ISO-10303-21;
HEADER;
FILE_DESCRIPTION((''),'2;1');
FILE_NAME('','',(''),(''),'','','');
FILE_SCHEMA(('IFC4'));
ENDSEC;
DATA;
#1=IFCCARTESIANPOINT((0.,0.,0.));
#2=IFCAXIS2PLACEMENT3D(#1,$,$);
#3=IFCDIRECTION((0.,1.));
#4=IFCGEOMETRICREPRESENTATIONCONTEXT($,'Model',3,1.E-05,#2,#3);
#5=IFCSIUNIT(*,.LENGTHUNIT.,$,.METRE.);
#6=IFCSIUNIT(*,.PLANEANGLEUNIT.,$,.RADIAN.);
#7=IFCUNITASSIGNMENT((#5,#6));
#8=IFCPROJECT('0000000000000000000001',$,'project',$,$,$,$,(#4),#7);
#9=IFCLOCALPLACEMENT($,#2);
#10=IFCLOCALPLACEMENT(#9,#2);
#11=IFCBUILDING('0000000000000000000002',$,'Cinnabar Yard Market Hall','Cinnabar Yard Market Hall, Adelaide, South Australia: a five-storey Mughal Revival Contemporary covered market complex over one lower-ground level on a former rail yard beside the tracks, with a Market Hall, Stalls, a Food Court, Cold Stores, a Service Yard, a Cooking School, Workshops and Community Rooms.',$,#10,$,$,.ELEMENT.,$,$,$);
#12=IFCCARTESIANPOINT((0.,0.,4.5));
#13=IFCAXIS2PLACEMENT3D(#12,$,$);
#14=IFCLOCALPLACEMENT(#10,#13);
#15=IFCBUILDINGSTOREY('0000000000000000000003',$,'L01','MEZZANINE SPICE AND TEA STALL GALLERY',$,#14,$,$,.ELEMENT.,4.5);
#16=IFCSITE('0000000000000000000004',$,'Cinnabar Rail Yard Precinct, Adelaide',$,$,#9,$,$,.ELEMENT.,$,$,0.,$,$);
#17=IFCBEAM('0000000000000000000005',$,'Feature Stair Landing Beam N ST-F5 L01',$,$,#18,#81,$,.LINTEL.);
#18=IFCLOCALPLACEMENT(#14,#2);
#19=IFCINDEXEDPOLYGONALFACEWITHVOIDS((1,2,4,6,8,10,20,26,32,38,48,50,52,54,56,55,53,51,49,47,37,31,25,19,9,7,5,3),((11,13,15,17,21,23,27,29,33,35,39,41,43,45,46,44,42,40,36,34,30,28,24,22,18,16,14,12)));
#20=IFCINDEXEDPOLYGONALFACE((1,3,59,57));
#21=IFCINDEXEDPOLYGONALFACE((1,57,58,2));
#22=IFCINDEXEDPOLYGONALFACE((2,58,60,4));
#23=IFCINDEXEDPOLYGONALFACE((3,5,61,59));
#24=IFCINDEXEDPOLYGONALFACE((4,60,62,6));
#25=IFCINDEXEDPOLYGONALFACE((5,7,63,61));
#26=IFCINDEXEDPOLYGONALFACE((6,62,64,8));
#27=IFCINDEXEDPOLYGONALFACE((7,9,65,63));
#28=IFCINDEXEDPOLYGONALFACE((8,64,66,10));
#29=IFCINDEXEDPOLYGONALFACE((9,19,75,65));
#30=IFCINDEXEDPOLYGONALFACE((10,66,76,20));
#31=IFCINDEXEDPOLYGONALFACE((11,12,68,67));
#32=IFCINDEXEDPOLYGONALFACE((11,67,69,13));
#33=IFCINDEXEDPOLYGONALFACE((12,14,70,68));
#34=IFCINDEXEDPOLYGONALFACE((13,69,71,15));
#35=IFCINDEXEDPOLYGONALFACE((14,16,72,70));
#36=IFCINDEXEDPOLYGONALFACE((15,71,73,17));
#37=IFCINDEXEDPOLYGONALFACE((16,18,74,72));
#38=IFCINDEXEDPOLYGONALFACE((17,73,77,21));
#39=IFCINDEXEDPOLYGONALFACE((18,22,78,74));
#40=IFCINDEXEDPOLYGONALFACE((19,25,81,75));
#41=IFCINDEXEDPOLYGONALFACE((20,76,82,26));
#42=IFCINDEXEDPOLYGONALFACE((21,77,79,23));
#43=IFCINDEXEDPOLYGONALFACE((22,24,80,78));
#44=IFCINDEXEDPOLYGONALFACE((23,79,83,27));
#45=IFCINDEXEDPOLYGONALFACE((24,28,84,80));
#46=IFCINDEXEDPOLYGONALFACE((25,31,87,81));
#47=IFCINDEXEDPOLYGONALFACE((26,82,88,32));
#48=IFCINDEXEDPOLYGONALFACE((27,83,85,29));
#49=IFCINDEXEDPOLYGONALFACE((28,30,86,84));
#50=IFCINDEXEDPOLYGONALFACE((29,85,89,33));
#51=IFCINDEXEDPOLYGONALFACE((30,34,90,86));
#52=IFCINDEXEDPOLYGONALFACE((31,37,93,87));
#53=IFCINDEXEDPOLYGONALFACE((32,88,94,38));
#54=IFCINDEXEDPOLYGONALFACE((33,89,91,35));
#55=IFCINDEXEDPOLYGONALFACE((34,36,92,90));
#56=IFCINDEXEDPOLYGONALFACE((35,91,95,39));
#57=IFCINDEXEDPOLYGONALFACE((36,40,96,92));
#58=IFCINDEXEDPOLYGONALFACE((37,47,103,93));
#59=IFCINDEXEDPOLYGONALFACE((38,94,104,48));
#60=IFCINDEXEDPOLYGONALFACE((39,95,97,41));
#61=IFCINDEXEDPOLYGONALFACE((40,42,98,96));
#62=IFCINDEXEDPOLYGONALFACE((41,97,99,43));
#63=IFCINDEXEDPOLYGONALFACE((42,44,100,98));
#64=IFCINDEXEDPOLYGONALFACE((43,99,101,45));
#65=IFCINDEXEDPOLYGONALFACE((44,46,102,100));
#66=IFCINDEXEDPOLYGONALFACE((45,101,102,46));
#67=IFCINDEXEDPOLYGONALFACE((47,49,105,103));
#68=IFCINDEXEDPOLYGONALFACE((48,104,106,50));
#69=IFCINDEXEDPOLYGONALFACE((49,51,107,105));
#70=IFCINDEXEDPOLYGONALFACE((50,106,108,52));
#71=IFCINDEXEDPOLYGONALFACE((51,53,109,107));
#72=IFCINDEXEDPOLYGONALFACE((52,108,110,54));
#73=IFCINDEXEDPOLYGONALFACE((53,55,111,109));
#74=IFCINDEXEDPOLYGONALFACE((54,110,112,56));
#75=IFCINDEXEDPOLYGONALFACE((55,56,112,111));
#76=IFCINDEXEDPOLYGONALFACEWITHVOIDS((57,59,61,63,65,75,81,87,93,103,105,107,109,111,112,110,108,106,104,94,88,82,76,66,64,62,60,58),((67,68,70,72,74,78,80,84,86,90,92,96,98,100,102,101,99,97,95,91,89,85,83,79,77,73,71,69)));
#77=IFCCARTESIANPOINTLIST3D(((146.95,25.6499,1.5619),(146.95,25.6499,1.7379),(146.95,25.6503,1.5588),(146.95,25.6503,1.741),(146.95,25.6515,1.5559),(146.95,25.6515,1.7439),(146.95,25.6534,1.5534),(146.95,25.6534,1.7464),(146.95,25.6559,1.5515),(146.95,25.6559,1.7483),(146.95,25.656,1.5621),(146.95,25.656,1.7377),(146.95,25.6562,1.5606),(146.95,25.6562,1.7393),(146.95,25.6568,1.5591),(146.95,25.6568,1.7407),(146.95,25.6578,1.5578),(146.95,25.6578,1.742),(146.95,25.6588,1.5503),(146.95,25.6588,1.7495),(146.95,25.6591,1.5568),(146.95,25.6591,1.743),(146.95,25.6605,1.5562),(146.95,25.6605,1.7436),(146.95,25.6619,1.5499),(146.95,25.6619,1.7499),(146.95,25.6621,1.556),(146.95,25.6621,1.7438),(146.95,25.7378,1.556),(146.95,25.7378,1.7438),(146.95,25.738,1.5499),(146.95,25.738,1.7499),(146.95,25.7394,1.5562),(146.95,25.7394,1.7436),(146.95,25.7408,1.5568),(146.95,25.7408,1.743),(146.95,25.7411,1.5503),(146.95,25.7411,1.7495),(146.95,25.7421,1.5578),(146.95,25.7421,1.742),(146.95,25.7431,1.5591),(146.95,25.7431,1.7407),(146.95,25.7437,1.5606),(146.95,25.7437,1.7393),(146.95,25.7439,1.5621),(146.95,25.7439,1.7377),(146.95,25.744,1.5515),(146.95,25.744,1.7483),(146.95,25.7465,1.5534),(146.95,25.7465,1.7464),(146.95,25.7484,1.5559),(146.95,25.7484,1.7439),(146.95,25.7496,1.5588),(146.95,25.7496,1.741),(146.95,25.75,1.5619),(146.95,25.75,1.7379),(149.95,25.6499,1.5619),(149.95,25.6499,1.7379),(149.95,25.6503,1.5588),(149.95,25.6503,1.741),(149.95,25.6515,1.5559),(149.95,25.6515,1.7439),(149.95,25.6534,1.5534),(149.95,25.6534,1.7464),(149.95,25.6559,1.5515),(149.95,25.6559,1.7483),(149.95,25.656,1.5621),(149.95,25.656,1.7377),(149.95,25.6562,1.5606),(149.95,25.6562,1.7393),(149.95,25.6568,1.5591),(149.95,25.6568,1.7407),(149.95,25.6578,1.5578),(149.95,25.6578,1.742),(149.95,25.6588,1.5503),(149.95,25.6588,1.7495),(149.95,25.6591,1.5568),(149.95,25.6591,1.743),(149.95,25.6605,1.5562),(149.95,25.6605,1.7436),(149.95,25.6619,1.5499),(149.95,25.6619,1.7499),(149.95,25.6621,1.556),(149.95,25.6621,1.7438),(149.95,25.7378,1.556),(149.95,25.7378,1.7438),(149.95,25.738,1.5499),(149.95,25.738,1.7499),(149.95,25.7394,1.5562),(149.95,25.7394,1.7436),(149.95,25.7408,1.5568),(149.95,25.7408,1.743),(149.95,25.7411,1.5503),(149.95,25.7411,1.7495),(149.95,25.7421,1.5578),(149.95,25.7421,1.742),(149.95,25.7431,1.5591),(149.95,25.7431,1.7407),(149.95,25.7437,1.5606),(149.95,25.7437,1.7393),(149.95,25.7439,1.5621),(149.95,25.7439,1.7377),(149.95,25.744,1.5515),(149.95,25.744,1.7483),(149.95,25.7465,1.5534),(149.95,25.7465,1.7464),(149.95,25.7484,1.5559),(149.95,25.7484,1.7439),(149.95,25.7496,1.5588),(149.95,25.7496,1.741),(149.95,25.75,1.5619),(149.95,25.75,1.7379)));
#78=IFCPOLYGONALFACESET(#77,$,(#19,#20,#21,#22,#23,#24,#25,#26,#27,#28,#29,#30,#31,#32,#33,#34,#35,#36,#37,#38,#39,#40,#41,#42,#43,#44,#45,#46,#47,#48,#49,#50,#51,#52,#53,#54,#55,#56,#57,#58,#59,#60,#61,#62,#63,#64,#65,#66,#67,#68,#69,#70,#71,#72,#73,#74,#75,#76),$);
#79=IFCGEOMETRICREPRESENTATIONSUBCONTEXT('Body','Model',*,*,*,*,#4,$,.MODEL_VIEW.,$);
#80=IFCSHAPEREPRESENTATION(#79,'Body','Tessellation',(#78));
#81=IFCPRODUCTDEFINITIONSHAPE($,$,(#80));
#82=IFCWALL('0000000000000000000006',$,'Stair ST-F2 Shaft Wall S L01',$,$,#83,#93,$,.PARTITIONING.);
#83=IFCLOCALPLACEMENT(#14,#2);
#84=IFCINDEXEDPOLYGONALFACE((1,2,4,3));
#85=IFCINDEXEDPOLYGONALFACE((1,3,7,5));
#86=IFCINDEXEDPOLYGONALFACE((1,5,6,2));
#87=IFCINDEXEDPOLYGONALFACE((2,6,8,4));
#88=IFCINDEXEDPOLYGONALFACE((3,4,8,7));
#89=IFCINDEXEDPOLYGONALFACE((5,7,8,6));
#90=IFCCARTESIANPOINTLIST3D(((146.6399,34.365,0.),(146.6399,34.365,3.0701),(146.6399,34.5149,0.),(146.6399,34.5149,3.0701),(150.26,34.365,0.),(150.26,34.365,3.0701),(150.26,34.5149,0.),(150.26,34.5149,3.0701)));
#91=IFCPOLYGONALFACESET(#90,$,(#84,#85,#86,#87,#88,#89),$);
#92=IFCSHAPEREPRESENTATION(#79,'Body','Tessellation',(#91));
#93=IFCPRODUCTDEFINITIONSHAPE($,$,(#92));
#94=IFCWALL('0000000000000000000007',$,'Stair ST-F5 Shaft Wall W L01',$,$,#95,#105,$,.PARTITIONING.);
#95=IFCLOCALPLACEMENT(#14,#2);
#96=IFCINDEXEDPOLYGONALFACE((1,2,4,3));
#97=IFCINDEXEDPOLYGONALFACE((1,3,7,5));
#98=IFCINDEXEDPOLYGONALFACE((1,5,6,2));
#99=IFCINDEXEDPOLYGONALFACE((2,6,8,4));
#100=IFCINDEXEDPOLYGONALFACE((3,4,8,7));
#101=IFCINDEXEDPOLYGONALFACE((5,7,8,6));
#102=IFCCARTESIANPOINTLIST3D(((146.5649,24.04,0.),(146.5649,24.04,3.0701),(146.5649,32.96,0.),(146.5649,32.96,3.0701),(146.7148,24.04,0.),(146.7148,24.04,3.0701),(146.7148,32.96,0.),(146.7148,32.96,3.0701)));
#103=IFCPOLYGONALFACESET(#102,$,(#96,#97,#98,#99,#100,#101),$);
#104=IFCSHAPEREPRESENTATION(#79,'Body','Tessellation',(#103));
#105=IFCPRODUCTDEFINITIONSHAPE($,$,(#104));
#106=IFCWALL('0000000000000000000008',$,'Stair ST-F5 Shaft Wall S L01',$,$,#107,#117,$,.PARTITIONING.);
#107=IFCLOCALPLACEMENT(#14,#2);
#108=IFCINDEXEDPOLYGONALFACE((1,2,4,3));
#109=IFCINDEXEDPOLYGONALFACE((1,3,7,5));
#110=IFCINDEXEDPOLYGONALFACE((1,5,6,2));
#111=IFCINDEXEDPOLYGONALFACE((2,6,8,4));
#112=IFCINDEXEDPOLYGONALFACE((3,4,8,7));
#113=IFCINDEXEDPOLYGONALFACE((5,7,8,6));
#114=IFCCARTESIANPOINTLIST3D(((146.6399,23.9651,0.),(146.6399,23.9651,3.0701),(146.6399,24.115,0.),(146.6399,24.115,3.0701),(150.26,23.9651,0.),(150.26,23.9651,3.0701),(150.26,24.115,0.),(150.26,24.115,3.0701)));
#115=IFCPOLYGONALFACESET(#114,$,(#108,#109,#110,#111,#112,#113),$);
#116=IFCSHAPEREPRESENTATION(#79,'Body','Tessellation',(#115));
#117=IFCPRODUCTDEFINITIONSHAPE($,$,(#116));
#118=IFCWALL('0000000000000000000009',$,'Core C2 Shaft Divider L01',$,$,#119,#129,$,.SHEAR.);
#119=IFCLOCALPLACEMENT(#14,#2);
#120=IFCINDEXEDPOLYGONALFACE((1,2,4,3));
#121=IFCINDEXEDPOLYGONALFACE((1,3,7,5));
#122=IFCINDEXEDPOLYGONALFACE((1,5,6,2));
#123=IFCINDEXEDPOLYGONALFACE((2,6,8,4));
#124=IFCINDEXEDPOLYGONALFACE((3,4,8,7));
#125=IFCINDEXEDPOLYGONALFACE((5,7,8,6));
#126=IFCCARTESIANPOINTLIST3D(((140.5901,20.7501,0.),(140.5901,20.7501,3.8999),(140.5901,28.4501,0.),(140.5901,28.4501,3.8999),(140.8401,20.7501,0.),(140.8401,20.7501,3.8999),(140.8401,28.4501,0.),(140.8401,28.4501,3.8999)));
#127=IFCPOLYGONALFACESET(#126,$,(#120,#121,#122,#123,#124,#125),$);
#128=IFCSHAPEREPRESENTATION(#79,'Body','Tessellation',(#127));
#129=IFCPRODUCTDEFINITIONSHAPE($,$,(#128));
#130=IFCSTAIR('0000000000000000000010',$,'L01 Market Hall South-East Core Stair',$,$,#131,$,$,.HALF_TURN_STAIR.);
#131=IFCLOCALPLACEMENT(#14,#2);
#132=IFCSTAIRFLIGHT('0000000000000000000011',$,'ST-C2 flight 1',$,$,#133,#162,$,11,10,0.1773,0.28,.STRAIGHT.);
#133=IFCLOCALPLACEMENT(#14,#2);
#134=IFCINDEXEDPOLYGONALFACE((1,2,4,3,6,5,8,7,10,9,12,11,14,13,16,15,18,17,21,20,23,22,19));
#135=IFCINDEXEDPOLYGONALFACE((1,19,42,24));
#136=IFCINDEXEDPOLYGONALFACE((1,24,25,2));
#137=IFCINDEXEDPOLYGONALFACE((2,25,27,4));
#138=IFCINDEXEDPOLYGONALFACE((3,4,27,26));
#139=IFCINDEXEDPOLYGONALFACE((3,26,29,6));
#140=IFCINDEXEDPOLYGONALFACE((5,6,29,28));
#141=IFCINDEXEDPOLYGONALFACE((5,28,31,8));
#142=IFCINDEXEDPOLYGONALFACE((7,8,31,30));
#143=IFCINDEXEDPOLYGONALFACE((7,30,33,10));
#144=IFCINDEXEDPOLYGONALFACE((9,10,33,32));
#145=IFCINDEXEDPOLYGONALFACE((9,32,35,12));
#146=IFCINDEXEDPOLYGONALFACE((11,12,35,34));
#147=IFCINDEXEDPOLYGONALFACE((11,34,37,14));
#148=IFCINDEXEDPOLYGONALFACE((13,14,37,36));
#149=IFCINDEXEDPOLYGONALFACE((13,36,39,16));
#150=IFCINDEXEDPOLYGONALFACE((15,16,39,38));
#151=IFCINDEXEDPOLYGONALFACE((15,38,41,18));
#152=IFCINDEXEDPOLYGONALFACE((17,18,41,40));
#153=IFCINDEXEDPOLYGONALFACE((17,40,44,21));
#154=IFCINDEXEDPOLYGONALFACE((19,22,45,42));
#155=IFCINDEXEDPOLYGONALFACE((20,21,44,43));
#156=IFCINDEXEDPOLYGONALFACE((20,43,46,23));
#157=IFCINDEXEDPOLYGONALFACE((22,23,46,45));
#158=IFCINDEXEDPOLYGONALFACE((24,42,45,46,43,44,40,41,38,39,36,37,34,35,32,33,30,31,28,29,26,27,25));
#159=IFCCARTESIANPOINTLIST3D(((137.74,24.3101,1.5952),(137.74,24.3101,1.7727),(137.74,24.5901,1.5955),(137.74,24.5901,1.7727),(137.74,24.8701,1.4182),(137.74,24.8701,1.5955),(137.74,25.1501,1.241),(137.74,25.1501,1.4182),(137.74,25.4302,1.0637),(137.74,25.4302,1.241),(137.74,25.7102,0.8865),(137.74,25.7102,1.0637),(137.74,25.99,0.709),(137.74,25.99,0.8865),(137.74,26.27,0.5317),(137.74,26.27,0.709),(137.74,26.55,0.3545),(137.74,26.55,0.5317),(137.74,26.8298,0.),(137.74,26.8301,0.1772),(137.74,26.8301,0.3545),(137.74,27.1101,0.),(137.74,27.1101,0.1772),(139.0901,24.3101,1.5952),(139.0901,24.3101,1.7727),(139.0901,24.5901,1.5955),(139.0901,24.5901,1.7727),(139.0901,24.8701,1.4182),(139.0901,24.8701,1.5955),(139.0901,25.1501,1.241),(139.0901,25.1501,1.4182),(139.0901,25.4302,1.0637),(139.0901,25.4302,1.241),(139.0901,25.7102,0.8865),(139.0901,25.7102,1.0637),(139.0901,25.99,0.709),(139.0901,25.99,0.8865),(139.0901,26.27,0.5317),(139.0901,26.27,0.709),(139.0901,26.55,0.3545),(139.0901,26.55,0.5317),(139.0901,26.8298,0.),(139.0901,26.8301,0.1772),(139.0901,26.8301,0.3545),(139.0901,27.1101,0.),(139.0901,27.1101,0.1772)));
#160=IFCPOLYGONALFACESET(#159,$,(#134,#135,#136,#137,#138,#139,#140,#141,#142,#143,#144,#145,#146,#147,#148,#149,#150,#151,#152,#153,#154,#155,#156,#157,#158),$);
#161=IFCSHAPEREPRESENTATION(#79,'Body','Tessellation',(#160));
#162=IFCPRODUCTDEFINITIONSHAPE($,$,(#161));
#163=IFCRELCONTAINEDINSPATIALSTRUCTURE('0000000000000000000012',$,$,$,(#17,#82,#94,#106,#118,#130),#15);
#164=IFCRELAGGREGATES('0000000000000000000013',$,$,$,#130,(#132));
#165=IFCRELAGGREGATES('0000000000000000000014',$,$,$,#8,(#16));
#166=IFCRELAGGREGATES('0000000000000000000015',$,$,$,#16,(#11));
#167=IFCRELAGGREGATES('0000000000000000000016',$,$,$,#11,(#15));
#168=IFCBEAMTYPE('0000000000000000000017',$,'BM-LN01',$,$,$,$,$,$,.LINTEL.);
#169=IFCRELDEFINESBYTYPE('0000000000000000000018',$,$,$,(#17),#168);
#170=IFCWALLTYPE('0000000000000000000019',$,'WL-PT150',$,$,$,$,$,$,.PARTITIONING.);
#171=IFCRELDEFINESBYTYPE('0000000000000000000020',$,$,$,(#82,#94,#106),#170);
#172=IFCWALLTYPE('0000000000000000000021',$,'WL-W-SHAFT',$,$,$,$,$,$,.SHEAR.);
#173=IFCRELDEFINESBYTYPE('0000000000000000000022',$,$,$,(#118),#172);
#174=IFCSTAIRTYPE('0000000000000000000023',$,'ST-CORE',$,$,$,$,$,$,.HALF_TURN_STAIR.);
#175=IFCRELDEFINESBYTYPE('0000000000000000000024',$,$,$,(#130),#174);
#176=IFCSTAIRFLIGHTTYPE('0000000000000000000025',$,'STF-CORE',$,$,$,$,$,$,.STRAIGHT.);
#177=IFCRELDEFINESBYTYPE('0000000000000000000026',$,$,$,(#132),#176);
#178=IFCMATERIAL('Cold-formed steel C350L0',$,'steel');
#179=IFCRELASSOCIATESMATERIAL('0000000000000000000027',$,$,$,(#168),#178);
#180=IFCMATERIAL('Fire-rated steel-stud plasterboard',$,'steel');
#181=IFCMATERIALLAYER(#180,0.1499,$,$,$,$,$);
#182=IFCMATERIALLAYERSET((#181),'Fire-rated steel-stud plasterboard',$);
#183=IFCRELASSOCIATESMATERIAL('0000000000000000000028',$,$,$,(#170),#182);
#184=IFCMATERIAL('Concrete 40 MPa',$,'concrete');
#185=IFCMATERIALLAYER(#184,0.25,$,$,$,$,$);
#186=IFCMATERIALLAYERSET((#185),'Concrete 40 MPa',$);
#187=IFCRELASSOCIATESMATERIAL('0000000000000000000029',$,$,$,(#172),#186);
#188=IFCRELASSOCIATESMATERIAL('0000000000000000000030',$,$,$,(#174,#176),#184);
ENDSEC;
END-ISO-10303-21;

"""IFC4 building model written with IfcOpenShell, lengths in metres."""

from ifc_helpers import new_model, si_unit, direction, frame, frame_2d, origin, origin_2d_with_axis, place, context, subcontext, project, spatial, polyline, rectangle, hollow_rectangle, outline, extrude, material, layer, layer_set, material_profile, profile_set, type_object, element, aggregate, save


model = new_model("IFC4")

# Units and contexts
model_context = context("Model", 3, precision=1e-05, world=origin(), true_north=direction((0.0, 1.0)))
body_context = subcontext(model_context, "Body", "Model", "MODEL_VIEW")
ifc_project = project(units=[si_unit("LENGTHUNIT", "METRE"), si_unit("PLANEANGLEUNIT", "RADIAN")], contexts=[model_context])

# Site, building, storey
site_placement = place(None, origin())
site = spatial("IfcSite", under=ifc_project, at=site_placement, Name="Cinnabar Rail Yard Precinct, Adelaide", CompositionType="ELEMENT", RefElevation=0.0)
building_placement = place(site_placement, origin())
building = spatial("IfcBuilding", under=site, at=building_placement, Name="Cinnabar Yard Market Hall", Description="Cinnabar Yard Market Hall, Adelaide, South Australia: a five-storey Mughal Revival Contemporary covered market complex over one lower-ground level on a former rail yard beside the tracks, with a Market Hall, Stalls, a Food Court, Cold Stores, a Service Yard, a Cooking School, Workshops and Community Rooms.", CompositionType="ELEMENT")
storey_placement = place(building_placement, frame((0.0, 0.0, 4.5)))
storey = spatial("IfcBuildingStorey", under=building, at=storey_placement, Name="L01", Description="MEZZANINE SPICE AND TEA STALL GALLERY", CompositionType="ELEMENT", Elevation=4.5)

# Shared definitions
ifc_material_1 = material(Name="Cold-formed steel C350L0", Category="steel")

# Beam
ifc_material_profile_1 = material_profile(ifc_material_1, hollow_rectangle(XDim=0.1001, YDim=0.2, WallThickness=0.0061, InnerFilletRadius=0.0061, OuterFilletRadius=0.012, at=origin_2d_with_axis()), Name="200x100x6.0RHS")
ifc_profile_set_1 = profile_set([ifc_material_profile_1], Name="Cold-formed steel C350L0")
beam_type_1 = type_object("IfcBeamType", Name="BM-LN01", PredefinedType="LINTEL", material=ifc_profile_set_1)
for number, where, z_axis, x_axis, name in (
    (1, (146.95, 25.7, 1.6499), (1.0, 0.0, 0.0), (0.0, 1.0, 0.0), "Feature Stair Landing Beam N ST-F5 L01"),
):
    element("IfcBeam", number, at=place(storey_placement, frame(where, z_axis=z_axis, x_axis=x_axis)), inside=storey, type_object=beam_type_1, Name=name, PredefinedType="LINTEL", context=body_context, shape_type="SweptSolid", body=[
        extrude(hollow_rectangle(XDim=0.1001, YDim=0.2, WallThickness=0.0061, InnerFilletRadius=0.0061, OuterFilletRadius=0.012, at=origin_2d_with_axis()), origin(), (0.0, 0.0, 1.0), 3.0),
    ])

# Walls
ifc_material_2 = material(Name="Fire-rated steel-stud plasterboard", Category="steel")
ifc_layer_1 = layer(ifc_material_2, 0.1499)
ifc_layer_set_1 = layer_set([ifc_layer_1], Name="Fire-rated steel-stud plasterboard")
wall_type_1 = type_object("IfcWallType", Name="WL-PT150", PredefinedType="PARTITIONING", material=ifc_layer_set_1)
wall_1_placement = place(storey_placement, frame((146.6399, 34.4399, 0.0), z_axis=(0.0, 0.0, 1.0), x_axis=(1.0, 0.0, 0.0)))
element("IfcWall", 2, at=wall_1_placement, inside=storey, type_object=wall_type_1, Name="Stair ST-F2 Shaft Wall S L01", PredefinedType="PARTITIONING", context=body_context, shape_type="SweptSolid", body=[
    extrude(rectangle(XDim=3.6201, YDim=0.1499, at=frame_2d((1.8101, 0.0), x_axis=(1.0, 0.0))), origin(), (0.0, 0.0, 1.0), 3.0701),
])
wall_2_placement = place(storey_placement, frame((146.6399, 32.96, 0.0), z_axis=(0.0, 0.0, 1.0), x_axis=(0.0, -1.0, 0.0)))
element("IfcWall", 3, at=wall_2_placement, inside=storey, type_object=wall_type_1, Name="Stair ST-F5 Shaft Wall W L01", PredefinedType="PARTITIONING", context=body_context, shape_type="SweptSolid", body=[
    extrude(rectangle(XDim=8.9199, YDim=0.1499, at=frame_2d((4.46, 0.0), x_axis=(1.0, 0.0))), origin(), (0.0, 0.0, 1.0), 3.0701),
])
wall_3_placement = place(storey_placement, frame((146.6399, 24.04, 0.0), z_axis=(0.0, 0.0, 1.0), x_axis=(1.0, 0.0, 0.0)))
element("IfcWall", 4, at=wall_3_placement, inside=storey, type_object=wall_type_1, Name="Stair ST-F5 Shaft Wall S L01", PredefinedType="PARTITIONING", context=body_context, shape_type="SweptSolid", body=[
    extrude(rectangle(XDim=3.6201, YDim=0.1499, at=frame_2d((1.8101, 0.0), x_axis=(1.0, 0.0))), origin(), (0.0, 0.0, 1.0), 3.0701),
])

# Shared definitions
ifc_material_3 = material(Name="Concrete 40 MPa", Category="concrete")

# Wall
ifc_layer_2 = layer(ifc_material_3, 0.25)
ifc_layer_set_2 = layer_set([ifc_layer_2], Name="Concrete 40 MPa")
wall_type_2 = type_object("IfcWallType", Name="WL-W-SHAFT", PredefinedType="SHEAR", material=ifc_layer_set_2)
wall_4_placement = place(storey_placement, frame((140.7151, 20.75, 0.0), z_axis=(0.0, 0.0, 1.0), x_axis=(0.0, 1.0, 0.0)))
element("IfcWall", 5, at=wall_4_placement, inside=storey, type_object=wall_type_2, Name="Core C2 Shaft Divider L01", PredefinedType="SHEAR", context=body_context, shape_type="SweptSolid", body=[
    extrude(rectangle(XDim=7.7, YDim=0.25, at=frame_2d((3.8501, 0.0), x_axis=(1.0, 0.0))), origin(), (0.0, 0.0, 1.0), 3.8999),
])

# Stair, stair flight
stair_type = type_object("IfcStairType", Name="ST-CORE", PredefinedType="HALF_TURN_STAIR", material=ifc_material_3)
stair_placement = place(storey_placement, origin())
stair = element("IfcStair", 6, at=stair_placement, inside=storey, type_object=stair_type, Name="L01 Market Hall South-East Core Stair", PredefinedType="HALF_TURN_STAIR")
stair_flight_type = type_object("IfcStairFlightType", Name="STF-CORE", PredefinedType="STRAIGHT", material=ifc_material_3)
stair_flight_1_placement = place(storey_placement, frame((138.415, 27.1101, 0.0), z_axis=(0.0, 0.0, 1.0), x_axis=(0.0, -1.0, 0.0)))
stair_flight_1 = element("IfcStairFlight", 7, at=stair_flight_1_placement, type_object=stair_flight_type, Name="ST-C2 flight 1", NumberOfRisers=11, NumberOfTreads=10, PredefinedType="STRAIGHT", RiserHeight=0.1773, TreadLength=0.28, context=body_context, shape_type="SweptSolid", body=[
    extrude(outline(polyline([(0.0, 0.0), (0.0, 0.1772), (0.28, 0.1772), (0.28, 0.3545), (0.5601, 0.3545), (0.5601, 0.5317), (0.8401, 0.5317), (0.8401, 0.709), (1.1201, 0.709), (1.1201, 0.8865), (1.3999, 0.8865), (1.3999, 1.0637), (1.6799, 1.0637), (1.6799, 1.241), (1.96, 1.241), (1.96, 1.4182), (2.24, 1.4182), (2.24, 1.5955), (2.52, 1.5955), (2.52, 1.7727), (2.8, 1.7727), (2.8, 1.95), (2.8, 1.5952), (0.2803, 0.0), (0.0, 0.0)])), frame((0.0, 0.675, 0.0), z_axis=(0.0, -1.0, 0.0), x_axis=(1.0, 0.0, 0.0)), (0.0, 0.0, 1.0), 1.3501),
])
aggregate(stair, [stair_flight_1])

save(model, "model.ifc")
